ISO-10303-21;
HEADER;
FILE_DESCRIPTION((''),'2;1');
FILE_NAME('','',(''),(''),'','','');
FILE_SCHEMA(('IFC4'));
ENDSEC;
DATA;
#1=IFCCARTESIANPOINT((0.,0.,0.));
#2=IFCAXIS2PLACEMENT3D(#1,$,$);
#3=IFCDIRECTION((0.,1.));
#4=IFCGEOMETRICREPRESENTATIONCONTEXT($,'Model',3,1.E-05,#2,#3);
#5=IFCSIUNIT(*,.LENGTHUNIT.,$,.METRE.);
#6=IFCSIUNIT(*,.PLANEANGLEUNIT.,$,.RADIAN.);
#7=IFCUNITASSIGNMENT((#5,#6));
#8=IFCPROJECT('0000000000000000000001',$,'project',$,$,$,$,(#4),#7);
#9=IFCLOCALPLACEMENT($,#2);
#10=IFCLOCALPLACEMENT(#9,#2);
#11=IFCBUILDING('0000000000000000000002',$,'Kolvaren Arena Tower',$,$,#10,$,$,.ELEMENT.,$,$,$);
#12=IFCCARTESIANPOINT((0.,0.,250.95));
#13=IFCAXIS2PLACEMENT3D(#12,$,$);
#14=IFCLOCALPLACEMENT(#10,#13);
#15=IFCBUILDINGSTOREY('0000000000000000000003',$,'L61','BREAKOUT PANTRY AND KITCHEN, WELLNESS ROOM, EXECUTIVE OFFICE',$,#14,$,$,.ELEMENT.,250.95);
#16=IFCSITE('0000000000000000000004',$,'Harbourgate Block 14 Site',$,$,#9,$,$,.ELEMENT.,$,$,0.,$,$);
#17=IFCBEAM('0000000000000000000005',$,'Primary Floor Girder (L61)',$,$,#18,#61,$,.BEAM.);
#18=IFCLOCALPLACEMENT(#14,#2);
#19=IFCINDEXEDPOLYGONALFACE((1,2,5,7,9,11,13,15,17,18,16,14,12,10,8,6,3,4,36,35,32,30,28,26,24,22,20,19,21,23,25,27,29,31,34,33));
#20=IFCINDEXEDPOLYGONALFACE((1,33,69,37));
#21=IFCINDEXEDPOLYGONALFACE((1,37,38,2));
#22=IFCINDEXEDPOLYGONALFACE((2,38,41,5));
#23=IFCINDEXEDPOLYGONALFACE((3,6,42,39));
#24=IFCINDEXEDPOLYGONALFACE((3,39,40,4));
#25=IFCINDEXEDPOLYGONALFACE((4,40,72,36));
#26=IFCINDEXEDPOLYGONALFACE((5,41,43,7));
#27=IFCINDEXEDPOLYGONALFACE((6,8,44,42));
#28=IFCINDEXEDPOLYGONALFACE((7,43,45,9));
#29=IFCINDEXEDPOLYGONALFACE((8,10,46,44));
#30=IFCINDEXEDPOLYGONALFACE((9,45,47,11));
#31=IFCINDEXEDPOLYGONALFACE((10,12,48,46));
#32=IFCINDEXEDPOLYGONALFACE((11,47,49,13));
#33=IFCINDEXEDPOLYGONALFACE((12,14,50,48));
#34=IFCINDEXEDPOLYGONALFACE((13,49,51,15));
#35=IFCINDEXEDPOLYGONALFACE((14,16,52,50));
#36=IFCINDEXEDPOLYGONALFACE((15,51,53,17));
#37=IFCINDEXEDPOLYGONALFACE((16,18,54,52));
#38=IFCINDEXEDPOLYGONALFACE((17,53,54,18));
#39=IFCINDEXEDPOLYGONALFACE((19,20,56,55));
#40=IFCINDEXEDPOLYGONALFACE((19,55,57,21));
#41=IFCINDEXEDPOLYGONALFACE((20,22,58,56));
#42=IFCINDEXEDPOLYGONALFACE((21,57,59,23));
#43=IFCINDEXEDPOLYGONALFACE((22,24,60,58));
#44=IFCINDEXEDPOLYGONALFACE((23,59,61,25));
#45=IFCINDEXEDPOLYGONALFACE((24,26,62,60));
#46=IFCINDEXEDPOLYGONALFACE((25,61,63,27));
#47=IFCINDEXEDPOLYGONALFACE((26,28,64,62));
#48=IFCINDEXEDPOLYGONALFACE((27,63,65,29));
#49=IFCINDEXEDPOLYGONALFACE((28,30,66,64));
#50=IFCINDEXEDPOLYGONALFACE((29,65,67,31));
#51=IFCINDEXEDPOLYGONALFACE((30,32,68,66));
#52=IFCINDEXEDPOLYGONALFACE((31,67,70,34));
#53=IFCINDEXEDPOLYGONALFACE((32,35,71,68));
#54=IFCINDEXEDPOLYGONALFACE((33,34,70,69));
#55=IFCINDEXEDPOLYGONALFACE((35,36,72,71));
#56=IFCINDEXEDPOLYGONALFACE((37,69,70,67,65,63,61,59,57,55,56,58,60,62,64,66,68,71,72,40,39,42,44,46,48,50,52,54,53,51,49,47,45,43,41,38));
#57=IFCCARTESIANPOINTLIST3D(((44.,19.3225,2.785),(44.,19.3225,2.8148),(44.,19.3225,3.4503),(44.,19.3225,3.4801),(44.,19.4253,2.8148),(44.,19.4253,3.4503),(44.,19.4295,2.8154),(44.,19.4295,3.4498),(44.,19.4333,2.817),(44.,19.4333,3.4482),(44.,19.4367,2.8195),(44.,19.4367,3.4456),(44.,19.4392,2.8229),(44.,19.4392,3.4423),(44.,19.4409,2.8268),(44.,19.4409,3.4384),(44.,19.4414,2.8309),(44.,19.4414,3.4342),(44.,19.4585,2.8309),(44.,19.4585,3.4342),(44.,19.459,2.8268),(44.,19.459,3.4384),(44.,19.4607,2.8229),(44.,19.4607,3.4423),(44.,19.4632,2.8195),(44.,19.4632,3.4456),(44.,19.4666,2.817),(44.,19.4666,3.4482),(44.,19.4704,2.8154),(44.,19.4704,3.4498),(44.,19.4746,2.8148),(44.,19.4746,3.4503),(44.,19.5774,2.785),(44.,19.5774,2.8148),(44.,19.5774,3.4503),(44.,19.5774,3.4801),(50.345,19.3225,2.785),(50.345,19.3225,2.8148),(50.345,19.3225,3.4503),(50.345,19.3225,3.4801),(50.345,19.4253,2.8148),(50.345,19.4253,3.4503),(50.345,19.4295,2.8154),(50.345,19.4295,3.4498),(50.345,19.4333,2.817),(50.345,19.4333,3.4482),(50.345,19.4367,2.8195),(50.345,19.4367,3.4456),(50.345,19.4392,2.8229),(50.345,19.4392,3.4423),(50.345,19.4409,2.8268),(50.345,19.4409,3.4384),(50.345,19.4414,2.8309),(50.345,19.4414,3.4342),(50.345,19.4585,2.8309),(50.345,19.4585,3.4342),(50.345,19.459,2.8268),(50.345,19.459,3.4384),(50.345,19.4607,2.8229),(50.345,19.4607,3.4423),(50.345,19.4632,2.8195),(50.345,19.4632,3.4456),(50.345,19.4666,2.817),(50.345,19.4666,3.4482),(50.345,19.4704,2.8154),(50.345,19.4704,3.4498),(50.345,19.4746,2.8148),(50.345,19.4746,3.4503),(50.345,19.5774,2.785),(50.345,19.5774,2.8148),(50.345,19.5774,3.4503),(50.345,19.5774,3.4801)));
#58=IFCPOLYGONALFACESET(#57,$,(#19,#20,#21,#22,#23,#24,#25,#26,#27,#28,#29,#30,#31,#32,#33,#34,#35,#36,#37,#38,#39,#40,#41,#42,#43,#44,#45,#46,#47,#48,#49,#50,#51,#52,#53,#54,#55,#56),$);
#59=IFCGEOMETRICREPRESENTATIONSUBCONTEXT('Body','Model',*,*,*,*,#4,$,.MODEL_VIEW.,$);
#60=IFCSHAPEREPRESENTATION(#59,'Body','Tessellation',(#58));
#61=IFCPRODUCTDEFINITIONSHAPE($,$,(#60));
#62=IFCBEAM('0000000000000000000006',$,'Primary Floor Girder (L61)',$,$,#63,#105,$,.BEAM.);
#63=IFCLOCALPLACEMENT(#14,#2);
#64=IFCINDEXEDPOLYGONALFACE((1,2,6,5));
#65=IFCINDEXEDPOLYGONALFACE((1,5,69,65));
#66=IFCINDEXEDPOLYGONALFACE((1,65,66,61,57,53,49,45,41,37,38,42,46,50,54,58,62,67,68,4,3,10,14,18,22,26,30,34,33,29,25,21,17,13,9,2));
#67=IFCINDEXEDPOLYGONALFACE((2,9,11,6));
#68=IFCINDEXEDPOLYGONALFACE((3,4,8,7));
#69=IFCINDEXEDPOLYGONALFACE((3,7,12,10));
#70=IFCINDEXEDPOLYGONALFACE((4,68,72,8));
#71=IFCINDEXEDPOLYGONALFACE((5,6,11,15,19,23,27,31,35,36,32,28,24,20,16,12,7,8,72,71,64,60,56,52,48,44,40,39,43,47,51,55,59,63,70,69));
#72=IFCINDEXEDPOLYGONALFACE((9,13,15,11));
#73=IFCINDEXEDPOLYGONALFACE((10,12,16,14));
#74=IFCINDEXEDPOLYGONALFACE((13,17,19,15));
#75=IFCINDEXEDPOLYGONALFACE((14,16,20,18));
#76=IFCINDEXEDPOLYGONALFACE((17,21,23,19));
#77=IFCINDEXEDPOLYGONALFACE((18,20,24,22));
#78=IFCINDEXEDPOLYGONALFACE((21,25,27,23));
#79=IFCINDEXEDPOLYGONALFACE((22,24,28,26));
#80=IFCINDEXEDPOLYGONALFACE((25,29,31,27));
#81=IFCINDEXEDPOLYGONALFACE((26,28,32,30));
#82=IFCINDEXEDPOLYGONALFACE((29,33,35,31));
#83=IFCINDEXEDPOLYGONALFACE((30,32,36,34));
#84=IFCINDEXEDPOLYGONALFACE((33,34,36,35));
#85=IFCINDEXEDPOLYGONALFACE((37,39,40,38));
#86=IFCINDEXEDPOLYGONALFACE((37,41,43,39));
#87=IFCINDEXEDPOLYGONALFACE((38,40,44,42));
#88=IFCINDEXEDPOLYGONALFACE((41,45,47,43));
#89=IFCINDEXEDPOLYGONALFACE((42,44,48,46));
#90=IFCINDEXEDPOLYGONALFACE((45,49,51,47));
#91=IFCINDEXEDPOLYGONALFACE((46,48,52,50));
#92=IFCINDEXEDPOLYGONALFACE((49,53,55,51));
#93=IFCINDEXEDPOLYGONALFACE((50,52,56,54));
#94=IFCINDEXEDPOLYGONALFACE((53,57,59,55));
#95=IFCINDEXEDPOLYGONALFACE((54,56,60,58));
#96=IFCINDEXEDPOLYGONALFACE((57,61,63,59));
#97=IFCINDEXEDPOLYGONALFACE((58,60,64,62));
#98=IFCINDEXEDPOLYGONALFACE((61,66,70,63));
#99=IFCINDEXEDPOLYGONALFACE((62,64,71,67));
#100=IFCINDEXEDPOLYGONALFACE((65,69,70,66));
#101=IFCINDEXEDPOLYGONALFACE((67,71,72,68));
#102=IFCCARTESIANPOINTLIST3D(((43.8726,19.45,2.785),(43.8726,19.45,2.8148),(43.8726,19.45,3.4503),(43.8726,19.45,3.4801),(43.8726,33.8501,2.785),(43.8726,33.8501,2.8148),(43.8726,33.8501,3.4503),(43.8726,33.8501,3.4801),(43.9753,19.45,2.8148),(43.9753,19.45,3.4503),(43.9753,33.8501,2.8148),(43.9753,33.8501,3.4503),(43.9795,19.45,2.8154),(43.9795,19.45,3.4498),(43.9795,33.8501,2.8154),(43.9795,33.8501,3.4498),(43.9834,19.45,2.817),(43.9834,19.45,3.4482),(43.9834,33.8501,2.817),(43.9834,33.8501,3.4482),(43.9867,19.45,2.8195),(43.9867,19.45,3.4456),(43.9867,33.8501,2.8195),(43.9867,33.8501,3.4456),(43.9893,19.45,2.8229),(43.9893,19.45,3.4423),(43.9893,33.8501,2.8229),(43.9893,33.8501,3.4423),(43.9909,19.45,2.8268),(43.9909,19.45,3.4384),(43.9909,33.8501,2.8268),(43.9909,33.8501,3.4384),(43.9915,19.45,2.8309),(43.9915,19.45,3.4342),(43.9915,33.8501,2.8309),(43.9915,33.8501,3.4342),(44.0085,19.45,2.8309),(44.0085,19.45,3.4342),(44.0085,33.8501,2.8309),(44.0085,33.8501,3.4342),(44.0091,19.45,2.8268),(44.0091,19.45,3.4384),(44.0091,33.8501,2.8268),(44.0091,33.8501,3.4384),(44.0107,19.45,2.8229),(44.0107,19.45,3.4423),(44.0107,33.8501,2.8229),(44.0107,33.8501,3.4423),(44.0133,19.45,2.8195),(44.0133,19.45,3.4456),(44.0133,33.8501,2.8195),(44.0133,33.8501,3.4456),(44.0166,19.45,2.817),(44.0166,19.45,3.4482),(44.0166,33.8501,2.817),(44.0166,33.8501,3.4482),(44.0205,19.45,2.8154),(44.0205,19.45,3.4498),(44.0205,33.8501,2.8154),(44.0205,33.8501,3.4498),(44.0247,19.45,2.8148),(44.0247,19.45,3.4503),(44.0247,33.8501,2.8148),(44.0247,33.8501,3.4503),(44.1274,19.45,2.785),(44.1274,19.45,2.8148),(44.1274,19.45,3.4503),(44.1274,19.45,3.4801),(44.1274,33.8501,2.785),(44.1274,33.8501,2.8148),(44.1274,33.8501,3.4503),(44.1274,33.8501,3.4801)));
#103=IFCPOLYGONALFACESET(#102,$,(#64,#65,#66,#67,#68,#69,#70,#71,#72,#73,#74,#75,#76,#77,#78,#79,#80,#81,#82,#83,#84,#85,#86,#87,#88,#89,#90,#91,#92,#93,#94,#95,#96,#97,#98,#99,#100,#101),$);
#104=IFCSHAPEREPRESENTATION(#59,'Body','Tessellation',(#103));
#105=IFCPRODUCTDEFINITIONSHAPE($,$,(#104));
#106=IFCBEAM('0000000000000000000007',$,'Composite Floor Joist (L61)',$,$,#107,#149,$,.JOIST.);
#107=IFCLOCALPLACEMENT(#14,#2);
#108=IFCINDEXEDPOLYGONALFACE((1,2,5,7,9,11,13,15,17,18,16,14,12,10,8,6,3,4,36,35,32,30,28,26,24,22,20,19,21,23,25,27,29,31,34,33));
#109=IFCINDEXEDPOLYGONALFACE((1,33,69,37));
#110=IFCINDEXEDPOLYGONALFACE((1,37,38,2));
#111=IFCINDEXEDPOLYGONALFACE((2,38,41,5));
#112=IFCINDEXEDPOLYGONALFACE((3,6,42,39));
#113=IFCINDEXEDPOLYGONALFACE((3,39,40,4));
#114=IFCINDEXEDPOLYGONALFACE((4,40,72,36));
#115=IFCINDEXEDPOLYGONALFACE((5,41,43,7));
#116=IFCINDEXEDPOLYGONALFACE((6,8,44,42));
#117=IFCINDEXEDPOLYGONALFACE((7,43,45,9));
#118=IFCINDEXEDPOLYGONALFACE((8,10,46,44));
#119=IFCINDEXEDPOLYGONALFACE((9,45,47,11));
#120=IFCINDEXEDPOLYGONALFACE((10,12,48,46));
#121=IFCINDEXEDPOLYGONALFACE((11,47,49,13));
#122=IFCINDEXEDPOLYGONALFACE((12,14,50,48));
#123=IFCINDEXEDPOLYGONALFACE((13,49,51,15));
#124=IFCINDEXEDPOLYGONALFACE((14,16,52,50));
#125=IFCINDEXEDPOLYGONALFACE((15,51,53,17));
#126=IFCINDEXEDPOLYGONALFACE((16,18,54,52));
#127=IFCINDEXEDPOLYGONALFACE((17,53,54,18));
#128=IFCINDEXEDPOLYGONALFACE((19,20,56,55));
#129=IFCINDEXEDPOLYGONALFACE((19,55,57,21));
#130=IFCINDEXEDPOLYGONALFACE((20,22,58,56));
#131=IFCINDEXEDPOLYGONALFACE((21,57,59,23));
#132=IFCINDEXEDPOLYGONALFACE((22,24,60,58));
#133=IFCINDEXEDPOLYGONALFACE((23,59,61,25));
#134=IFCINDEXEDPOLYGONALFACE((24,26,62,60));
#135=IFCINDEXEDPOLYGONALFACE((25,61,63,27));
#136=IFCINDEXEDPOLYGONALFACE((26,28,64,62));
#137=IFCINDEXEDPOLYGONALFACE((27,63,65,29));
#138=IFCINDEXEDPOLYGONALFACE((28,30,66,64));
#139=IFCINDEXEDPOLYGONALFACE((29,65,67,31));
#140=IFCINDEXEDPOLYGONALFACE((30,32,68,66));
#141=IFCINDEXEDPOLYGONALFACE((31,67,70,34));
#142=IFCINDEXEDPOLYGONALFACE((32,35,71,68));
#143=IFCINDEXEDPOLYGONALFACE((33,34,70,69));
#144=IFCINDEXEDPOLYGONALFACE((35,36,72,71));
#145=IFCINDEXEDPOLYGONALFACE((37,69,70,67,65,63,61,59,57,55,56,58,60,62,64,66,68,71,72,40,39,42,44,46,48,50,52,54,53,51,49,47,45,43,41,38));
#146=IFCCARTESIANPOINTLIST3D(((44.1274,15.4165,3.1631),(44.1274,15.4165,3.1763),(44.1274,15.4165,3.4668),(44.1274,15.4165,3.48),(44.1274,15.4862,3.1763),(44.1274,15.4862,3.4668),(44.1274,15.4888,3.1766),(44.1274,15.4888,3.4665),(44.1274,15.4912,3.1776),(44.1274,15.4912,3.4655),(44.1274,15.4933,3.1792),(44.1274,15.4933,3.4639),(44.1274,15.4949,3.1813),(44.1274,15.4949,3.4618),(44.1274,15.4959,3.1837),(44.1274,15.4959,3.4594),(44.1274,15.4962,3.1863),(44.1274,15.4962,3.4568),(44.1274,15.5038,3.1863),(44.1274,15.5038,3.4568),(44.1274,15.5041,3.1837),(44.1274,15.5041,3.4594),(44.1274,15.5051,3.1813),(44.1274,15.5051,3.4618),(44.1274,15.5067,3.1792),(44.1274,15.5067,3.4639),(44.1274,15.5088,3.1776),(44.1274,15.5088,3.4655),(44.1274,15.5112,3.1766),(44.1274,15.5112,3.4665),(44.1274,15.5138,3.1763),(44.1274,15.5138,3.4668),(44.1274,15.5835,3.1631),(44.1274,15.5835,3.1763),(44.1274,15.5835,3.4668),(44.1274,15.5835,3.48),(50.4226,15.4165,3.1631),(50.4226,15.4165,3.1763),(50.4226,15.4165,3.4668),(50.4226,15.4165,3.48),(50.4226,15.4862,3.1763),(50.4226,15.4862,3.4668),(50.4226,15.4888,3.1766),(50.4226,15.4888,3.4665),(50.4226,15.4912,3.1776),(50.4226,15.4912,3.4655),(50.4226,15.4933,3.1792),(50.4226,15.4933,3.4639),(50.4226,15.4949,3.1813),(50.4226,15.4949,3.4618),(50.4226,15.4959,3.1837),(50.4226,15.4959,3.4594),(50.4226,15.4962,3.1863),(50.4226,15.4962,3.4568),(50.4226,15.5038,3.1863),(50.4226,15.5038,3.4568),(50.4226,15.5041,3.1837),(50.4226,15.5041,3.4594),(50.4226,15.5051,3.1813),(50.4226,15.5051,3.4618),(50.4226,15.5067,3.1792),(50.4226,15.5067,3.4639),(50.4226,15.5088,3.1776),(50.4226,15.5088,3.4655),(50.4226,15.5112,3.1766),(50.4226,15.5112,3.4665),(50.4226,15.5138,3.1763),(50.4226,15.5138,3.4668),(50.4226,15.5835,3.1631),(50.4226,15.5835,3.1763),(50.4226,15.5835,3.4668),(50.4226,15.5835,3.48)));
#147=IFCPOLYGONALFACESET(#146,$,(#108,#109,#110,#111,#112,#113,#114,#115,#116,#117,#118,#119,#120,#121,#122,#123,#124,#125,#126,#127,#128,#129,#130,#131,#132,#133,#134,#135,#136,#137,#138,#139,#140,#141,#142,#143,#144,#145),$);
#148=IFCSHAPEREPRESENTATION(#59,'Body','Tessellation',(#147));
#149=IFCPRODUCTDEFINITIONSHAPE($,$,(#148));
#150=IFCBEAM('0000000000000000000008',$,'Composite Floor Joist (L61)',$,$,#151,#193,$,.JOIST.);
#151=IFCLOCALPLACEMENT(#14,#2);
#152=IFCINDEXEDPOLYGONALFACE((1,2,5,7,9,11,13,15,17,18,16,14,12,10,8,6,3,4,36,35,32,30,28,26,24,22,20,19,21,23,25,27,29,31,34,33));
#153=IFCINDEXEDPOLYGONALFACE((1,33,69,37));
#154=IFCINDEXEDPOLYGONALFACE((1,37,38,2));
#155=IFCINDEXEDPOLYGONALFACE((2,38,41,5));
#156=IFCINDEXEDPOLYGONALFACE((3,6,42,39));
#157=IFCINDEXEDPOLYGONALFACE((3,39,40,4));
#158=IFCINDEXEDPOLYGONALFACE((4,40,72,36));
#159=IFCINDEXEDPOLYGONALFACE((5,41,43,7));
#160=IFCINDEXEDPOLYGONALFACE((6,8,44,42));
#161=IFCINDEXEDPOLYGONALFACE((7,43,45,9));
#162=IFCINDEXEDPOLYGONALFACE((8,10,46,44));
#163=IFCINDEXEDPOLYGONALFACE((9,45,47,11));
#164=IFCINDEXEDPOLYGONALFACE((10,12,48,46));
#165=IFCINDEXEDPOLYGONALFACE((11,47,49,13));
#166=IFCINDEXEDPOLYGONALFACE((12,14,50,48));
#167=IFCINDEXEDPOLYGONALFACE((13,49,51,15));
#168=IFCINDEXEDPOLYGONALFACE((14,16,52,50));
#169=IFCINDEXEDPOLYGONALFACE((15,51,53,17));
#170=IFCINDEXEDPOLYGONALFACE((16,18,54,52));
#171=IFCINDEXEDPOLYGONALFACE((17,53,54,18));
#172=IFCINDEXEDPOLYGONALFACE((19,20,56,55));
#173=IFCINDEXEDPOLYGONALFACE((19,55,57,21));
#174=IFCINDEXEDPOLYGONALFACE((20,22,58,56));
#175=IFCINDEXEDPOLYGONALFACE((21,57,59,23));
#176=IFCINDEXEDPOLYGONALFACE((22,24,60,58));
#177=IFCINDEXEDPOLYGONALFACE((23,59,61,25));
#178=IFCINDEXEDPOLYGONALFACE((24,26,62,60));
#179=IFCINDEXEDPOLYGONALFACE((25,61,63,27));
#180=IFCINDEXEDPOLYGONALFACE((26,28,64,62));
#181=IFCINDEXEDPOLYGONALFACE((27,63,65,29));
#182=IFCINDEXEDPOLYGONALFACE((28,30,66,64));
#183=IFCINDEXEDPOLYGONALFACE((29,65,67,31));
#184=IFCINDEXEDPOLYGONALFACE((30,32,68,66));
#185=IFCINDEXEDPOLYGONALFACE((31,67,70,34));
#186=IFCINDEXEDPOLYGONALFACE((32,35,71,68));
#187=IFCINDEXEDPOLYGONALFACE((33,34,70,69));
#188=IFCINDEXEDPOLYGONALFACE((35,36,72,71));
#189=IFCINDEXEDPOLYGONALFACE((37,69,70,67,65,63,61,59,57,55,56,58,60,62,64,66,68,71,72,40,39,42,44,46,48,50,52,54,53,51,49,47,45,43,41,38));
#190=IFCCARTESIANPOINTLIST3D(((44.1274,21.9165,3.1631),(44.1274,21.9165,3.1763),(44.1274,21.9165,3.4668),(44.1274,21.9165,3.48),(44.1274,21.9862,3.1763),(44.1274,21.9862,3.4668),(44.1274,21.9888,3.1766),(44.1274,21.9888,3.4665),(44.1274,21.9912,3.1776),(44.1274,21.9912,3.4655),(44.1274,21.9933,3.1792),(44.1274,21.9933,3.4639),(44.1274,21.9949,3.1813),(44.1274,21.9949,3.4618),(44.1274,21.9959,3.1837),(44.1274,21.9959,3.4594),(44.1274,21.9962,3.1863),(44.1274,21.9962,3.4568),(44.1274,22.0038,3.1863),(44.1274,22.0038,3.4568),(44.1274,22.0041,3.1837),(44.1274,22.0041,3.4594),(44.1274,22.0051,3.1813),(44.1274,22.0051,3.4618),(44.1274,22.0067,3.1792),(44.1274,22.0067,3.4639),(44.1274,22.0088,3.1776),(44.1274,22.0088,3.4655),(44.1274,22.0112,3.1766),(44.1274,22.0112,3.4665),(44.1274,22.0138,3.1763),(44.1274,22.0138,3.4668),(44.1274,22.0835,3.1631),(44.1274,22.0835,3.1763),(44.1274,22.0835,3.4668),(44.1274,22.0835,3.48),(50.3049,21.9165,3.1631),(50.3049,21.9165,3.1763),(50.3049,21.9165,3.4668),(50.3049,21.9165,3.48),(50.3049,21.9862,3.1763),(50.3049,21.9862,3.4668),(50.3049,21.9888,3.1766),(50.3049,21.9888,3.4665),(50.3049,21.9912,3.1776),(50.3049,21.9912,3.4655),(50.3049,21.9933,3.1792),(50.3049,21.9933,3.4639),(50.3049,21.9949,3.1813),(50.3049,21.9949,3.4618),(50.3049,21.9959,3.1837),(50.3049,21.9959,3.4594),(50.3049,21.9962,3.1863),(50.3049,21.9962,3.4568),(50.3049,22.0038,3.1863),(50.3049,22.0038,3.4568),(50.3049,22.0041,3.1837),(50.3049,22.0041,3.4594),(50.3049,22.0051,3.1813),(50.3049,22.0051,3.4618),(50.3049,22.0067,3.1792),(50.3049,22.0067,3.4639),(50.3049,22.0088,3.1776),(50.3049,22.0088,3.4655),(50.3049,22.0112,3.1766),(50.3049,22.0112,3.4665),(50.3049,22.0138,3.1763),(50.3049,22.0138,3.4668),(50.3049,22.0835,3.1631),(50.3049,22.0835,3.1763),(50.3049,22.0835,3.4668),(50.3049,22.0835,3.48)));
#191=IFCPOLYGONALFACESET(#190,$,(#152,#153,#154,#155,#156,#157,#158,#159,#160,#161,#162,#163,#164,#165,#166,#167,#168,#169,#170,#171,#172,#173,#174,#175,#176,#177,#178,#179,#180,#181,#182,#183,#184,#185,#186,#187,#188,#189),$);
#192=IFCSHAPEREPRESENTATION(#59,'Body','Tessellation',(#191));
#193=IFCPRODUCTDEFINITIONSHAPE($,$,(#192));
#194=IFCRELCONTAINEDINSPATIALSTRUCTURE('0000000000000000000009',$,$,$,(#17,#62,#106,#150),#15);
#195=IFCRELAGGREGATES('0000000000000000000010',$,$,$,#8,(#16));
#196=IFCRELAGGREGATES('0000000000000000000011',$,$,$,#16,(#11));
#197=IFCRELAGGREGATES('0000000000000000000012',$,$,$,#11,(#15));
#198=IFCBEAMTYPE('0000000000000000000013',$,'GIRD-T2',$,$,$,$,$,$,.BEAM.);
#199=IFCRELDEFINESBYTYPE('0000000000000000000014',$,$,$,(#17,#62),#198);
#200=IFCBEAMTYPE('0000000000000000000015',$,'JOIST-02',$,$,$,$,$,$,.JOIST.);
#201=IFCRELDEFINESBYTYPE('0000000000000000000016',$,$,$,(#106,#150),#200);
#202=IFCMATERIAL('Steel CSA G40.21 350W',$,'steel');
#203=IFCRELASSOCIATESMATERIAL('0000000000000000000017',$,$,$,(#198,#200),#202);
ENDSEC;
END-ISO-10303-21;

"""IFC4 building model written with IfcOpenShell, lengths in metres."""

from ifc_helpers import new_model, si_unit, direction, frame, origin, origin_2d, place, context, subcontext, project, spatial, i_section, extrude, material, material_profile, profile_set, type_object, element, save


model = new_model("IFC4")

# Units and contexts
model_context = context("Model", 3, precision=1e-05, world=origin(), true_north=direction((0.0, 1.0)))
body_context = subcontext(model_context, "Body", "Model", "MODEL_VIEW")
ifc_project = project(units=[si_unit("LENGTHUNIT", "METRE"), si_unit("PLANEANGLEUNIT", "RADIAN")], contexts=[model_context])

# Site, building, storey
site_placement = place(None, origin())
site = spatial("IfcSite", under=ifc_project, at=site_placement, Name="Harbourgate Block 14 Site", CompositionType="ELEMENT", RefElevation=0.0)
building_placement = place(site_placement, origin())
building = spatial("IfcBuilding", under=site, at=building_placement, Name="Kolvaren Arena Tower", CompositionType="ELEMENT")
storey_placement = place(building_placement, frame((0.0, 0.0, 250.95)))
storey = spatial("IfcBuildingStorey", under=building, at=storey_placement, Name="L61", Description="BREAKOUT PANTRY AND KITCHEN, WELLNESS ROOM, EXECUTIVE OFFICE", CompositionType="ELEMENT", Elevation=250.95)

# Beams
ifc_material_1 = material(Name="Steel CSA G40.21 350W", Category="steel")
ifc_material_profile_1 = material_profile(ifc_material_1, i_section(OverallWidth=0.2549, OverallDepth=0.6951, WebThickness=0.0171, FlangeThickness=0.0298, FilletRadius=0.0161, at=origin_2d()), Name="W690x217")
ifc_profile_set_1 = profile_set([ifc_material_profile_1], Name="Steel CSA G40.21 350W")
beam_type_1 = type_object("IfcBeamType", Name="GIRD-T2", PredefinedType="BEAM", material=ifc_profile_set_1)
beam_1_placement = place(storey_placement, frame((44.0, 19.45, 3.1326), z_axis=(1.0, 0.0, 0.0), x_axis=(0.0, 1.0, 0.0)))
element("IfcBeam", 1, at=beam_1_placement, inside=storey, type_object=beam_type_1, Name="Primary Floor Girder (L61)", PredefinedType="BEAM", context=body_context, shape_type="SweptSolid", body=[
    extrude(i_section(OverallWidth=0.2549, OverallDepth=0.6951, WebThickness=0.0171, FlangeThickness=0.0298, FilletRadius=0.0161, at=origin_2d()), origin(), (0.0, 0.0, 1.0), 6.345),
])
beam_2_placement = place(storey_placement, frame((44.0, 19.45, 3.1326), z_axis=(0.0, 1.0, 0.0), x_axis=(-1.0, 0.0, 0.0)))
element("IfcBeam", 2, at=beam_2_placement, inside=storey, type_object=beam_type_1, Name="Primary Floor Girder (L61)", PredefinedType="BEAM", context=body_context, shape_type="SweptSolid", body=[
    extrude(i_section(OverallWidth=0.2549, OverallDepth=0.6951, WebThickness=0.0171, FlangeThickness=0.0298, FilletRadius=0.0161, at=origin_2d()), origin(), (0.0, 0.0, 1.0), 14.4001),
])
ifc_material_profile_2 = material_profile(ifc_material_1, i_section(OverallWidth=0.167, OverallDepth=0.3169, WebThickness=0.0076, FlangeThickness=0.0132, FilletRadius=0.01, at=origin_2d()), Name="W310x52")
ifc_profile_set_2 = profile_set([ifc_material_profile_2], Name="Steel CSA G40.21 350W")
beam_type_2 = type_object("IfcBeamType", Name="JOIST-02", PredefinedType="JOIST", material=ifc_profile_set_2)
beam_3_placement = place(storey_placement, frame((44.1274, 15.5, 3.3215), z_axis=(1.0, 0.0, 0.0), x_axis=(0.0, 1.0, 0.0)))
element("IfcBeam", 3, at=beam_3_placement, inside=storey, type_object=beam_type_2, Name="Composite Floor Joist (L61)", PredefinedType="JOIST", context=body_context, shape_type="SweptSolid", body=[
    extrude(i_section(OverallWidth=0.167, OverallDepth=0.3169, WebThickness=0.0076, FlangeThickness=0.0132, FilletRadius=0.01, at=origin_2d()), origin(), (0.0, 0.0, 1.0), 6.2952),
])
beam_4_placement = place(storey_placement, frame((44.1274, 22.0, 3.3215), z_axis=(1.0, 0.0, 0.0), x_axis=(0.0, 1.0, 0.0)))
element("IfcBeam", 4, at=beam_4_placement, inside=storey, type_object=beam_type_2, Name="Composite Floor Joist (L61)", PredefinedType="JOIST", context=body_context, shape_type="SweptSolid", body=[
    extrude(i_section(OverallWidth=0.167, OverallDepth=0.3169, WebThickness=0.0076, FlangeThickness=0.0132, FilletRadius=0.01, at=origin_2d()), origin(), (0.0, 0.0, 1.0), 6.1775),
])

save(model, "model.ifc")
